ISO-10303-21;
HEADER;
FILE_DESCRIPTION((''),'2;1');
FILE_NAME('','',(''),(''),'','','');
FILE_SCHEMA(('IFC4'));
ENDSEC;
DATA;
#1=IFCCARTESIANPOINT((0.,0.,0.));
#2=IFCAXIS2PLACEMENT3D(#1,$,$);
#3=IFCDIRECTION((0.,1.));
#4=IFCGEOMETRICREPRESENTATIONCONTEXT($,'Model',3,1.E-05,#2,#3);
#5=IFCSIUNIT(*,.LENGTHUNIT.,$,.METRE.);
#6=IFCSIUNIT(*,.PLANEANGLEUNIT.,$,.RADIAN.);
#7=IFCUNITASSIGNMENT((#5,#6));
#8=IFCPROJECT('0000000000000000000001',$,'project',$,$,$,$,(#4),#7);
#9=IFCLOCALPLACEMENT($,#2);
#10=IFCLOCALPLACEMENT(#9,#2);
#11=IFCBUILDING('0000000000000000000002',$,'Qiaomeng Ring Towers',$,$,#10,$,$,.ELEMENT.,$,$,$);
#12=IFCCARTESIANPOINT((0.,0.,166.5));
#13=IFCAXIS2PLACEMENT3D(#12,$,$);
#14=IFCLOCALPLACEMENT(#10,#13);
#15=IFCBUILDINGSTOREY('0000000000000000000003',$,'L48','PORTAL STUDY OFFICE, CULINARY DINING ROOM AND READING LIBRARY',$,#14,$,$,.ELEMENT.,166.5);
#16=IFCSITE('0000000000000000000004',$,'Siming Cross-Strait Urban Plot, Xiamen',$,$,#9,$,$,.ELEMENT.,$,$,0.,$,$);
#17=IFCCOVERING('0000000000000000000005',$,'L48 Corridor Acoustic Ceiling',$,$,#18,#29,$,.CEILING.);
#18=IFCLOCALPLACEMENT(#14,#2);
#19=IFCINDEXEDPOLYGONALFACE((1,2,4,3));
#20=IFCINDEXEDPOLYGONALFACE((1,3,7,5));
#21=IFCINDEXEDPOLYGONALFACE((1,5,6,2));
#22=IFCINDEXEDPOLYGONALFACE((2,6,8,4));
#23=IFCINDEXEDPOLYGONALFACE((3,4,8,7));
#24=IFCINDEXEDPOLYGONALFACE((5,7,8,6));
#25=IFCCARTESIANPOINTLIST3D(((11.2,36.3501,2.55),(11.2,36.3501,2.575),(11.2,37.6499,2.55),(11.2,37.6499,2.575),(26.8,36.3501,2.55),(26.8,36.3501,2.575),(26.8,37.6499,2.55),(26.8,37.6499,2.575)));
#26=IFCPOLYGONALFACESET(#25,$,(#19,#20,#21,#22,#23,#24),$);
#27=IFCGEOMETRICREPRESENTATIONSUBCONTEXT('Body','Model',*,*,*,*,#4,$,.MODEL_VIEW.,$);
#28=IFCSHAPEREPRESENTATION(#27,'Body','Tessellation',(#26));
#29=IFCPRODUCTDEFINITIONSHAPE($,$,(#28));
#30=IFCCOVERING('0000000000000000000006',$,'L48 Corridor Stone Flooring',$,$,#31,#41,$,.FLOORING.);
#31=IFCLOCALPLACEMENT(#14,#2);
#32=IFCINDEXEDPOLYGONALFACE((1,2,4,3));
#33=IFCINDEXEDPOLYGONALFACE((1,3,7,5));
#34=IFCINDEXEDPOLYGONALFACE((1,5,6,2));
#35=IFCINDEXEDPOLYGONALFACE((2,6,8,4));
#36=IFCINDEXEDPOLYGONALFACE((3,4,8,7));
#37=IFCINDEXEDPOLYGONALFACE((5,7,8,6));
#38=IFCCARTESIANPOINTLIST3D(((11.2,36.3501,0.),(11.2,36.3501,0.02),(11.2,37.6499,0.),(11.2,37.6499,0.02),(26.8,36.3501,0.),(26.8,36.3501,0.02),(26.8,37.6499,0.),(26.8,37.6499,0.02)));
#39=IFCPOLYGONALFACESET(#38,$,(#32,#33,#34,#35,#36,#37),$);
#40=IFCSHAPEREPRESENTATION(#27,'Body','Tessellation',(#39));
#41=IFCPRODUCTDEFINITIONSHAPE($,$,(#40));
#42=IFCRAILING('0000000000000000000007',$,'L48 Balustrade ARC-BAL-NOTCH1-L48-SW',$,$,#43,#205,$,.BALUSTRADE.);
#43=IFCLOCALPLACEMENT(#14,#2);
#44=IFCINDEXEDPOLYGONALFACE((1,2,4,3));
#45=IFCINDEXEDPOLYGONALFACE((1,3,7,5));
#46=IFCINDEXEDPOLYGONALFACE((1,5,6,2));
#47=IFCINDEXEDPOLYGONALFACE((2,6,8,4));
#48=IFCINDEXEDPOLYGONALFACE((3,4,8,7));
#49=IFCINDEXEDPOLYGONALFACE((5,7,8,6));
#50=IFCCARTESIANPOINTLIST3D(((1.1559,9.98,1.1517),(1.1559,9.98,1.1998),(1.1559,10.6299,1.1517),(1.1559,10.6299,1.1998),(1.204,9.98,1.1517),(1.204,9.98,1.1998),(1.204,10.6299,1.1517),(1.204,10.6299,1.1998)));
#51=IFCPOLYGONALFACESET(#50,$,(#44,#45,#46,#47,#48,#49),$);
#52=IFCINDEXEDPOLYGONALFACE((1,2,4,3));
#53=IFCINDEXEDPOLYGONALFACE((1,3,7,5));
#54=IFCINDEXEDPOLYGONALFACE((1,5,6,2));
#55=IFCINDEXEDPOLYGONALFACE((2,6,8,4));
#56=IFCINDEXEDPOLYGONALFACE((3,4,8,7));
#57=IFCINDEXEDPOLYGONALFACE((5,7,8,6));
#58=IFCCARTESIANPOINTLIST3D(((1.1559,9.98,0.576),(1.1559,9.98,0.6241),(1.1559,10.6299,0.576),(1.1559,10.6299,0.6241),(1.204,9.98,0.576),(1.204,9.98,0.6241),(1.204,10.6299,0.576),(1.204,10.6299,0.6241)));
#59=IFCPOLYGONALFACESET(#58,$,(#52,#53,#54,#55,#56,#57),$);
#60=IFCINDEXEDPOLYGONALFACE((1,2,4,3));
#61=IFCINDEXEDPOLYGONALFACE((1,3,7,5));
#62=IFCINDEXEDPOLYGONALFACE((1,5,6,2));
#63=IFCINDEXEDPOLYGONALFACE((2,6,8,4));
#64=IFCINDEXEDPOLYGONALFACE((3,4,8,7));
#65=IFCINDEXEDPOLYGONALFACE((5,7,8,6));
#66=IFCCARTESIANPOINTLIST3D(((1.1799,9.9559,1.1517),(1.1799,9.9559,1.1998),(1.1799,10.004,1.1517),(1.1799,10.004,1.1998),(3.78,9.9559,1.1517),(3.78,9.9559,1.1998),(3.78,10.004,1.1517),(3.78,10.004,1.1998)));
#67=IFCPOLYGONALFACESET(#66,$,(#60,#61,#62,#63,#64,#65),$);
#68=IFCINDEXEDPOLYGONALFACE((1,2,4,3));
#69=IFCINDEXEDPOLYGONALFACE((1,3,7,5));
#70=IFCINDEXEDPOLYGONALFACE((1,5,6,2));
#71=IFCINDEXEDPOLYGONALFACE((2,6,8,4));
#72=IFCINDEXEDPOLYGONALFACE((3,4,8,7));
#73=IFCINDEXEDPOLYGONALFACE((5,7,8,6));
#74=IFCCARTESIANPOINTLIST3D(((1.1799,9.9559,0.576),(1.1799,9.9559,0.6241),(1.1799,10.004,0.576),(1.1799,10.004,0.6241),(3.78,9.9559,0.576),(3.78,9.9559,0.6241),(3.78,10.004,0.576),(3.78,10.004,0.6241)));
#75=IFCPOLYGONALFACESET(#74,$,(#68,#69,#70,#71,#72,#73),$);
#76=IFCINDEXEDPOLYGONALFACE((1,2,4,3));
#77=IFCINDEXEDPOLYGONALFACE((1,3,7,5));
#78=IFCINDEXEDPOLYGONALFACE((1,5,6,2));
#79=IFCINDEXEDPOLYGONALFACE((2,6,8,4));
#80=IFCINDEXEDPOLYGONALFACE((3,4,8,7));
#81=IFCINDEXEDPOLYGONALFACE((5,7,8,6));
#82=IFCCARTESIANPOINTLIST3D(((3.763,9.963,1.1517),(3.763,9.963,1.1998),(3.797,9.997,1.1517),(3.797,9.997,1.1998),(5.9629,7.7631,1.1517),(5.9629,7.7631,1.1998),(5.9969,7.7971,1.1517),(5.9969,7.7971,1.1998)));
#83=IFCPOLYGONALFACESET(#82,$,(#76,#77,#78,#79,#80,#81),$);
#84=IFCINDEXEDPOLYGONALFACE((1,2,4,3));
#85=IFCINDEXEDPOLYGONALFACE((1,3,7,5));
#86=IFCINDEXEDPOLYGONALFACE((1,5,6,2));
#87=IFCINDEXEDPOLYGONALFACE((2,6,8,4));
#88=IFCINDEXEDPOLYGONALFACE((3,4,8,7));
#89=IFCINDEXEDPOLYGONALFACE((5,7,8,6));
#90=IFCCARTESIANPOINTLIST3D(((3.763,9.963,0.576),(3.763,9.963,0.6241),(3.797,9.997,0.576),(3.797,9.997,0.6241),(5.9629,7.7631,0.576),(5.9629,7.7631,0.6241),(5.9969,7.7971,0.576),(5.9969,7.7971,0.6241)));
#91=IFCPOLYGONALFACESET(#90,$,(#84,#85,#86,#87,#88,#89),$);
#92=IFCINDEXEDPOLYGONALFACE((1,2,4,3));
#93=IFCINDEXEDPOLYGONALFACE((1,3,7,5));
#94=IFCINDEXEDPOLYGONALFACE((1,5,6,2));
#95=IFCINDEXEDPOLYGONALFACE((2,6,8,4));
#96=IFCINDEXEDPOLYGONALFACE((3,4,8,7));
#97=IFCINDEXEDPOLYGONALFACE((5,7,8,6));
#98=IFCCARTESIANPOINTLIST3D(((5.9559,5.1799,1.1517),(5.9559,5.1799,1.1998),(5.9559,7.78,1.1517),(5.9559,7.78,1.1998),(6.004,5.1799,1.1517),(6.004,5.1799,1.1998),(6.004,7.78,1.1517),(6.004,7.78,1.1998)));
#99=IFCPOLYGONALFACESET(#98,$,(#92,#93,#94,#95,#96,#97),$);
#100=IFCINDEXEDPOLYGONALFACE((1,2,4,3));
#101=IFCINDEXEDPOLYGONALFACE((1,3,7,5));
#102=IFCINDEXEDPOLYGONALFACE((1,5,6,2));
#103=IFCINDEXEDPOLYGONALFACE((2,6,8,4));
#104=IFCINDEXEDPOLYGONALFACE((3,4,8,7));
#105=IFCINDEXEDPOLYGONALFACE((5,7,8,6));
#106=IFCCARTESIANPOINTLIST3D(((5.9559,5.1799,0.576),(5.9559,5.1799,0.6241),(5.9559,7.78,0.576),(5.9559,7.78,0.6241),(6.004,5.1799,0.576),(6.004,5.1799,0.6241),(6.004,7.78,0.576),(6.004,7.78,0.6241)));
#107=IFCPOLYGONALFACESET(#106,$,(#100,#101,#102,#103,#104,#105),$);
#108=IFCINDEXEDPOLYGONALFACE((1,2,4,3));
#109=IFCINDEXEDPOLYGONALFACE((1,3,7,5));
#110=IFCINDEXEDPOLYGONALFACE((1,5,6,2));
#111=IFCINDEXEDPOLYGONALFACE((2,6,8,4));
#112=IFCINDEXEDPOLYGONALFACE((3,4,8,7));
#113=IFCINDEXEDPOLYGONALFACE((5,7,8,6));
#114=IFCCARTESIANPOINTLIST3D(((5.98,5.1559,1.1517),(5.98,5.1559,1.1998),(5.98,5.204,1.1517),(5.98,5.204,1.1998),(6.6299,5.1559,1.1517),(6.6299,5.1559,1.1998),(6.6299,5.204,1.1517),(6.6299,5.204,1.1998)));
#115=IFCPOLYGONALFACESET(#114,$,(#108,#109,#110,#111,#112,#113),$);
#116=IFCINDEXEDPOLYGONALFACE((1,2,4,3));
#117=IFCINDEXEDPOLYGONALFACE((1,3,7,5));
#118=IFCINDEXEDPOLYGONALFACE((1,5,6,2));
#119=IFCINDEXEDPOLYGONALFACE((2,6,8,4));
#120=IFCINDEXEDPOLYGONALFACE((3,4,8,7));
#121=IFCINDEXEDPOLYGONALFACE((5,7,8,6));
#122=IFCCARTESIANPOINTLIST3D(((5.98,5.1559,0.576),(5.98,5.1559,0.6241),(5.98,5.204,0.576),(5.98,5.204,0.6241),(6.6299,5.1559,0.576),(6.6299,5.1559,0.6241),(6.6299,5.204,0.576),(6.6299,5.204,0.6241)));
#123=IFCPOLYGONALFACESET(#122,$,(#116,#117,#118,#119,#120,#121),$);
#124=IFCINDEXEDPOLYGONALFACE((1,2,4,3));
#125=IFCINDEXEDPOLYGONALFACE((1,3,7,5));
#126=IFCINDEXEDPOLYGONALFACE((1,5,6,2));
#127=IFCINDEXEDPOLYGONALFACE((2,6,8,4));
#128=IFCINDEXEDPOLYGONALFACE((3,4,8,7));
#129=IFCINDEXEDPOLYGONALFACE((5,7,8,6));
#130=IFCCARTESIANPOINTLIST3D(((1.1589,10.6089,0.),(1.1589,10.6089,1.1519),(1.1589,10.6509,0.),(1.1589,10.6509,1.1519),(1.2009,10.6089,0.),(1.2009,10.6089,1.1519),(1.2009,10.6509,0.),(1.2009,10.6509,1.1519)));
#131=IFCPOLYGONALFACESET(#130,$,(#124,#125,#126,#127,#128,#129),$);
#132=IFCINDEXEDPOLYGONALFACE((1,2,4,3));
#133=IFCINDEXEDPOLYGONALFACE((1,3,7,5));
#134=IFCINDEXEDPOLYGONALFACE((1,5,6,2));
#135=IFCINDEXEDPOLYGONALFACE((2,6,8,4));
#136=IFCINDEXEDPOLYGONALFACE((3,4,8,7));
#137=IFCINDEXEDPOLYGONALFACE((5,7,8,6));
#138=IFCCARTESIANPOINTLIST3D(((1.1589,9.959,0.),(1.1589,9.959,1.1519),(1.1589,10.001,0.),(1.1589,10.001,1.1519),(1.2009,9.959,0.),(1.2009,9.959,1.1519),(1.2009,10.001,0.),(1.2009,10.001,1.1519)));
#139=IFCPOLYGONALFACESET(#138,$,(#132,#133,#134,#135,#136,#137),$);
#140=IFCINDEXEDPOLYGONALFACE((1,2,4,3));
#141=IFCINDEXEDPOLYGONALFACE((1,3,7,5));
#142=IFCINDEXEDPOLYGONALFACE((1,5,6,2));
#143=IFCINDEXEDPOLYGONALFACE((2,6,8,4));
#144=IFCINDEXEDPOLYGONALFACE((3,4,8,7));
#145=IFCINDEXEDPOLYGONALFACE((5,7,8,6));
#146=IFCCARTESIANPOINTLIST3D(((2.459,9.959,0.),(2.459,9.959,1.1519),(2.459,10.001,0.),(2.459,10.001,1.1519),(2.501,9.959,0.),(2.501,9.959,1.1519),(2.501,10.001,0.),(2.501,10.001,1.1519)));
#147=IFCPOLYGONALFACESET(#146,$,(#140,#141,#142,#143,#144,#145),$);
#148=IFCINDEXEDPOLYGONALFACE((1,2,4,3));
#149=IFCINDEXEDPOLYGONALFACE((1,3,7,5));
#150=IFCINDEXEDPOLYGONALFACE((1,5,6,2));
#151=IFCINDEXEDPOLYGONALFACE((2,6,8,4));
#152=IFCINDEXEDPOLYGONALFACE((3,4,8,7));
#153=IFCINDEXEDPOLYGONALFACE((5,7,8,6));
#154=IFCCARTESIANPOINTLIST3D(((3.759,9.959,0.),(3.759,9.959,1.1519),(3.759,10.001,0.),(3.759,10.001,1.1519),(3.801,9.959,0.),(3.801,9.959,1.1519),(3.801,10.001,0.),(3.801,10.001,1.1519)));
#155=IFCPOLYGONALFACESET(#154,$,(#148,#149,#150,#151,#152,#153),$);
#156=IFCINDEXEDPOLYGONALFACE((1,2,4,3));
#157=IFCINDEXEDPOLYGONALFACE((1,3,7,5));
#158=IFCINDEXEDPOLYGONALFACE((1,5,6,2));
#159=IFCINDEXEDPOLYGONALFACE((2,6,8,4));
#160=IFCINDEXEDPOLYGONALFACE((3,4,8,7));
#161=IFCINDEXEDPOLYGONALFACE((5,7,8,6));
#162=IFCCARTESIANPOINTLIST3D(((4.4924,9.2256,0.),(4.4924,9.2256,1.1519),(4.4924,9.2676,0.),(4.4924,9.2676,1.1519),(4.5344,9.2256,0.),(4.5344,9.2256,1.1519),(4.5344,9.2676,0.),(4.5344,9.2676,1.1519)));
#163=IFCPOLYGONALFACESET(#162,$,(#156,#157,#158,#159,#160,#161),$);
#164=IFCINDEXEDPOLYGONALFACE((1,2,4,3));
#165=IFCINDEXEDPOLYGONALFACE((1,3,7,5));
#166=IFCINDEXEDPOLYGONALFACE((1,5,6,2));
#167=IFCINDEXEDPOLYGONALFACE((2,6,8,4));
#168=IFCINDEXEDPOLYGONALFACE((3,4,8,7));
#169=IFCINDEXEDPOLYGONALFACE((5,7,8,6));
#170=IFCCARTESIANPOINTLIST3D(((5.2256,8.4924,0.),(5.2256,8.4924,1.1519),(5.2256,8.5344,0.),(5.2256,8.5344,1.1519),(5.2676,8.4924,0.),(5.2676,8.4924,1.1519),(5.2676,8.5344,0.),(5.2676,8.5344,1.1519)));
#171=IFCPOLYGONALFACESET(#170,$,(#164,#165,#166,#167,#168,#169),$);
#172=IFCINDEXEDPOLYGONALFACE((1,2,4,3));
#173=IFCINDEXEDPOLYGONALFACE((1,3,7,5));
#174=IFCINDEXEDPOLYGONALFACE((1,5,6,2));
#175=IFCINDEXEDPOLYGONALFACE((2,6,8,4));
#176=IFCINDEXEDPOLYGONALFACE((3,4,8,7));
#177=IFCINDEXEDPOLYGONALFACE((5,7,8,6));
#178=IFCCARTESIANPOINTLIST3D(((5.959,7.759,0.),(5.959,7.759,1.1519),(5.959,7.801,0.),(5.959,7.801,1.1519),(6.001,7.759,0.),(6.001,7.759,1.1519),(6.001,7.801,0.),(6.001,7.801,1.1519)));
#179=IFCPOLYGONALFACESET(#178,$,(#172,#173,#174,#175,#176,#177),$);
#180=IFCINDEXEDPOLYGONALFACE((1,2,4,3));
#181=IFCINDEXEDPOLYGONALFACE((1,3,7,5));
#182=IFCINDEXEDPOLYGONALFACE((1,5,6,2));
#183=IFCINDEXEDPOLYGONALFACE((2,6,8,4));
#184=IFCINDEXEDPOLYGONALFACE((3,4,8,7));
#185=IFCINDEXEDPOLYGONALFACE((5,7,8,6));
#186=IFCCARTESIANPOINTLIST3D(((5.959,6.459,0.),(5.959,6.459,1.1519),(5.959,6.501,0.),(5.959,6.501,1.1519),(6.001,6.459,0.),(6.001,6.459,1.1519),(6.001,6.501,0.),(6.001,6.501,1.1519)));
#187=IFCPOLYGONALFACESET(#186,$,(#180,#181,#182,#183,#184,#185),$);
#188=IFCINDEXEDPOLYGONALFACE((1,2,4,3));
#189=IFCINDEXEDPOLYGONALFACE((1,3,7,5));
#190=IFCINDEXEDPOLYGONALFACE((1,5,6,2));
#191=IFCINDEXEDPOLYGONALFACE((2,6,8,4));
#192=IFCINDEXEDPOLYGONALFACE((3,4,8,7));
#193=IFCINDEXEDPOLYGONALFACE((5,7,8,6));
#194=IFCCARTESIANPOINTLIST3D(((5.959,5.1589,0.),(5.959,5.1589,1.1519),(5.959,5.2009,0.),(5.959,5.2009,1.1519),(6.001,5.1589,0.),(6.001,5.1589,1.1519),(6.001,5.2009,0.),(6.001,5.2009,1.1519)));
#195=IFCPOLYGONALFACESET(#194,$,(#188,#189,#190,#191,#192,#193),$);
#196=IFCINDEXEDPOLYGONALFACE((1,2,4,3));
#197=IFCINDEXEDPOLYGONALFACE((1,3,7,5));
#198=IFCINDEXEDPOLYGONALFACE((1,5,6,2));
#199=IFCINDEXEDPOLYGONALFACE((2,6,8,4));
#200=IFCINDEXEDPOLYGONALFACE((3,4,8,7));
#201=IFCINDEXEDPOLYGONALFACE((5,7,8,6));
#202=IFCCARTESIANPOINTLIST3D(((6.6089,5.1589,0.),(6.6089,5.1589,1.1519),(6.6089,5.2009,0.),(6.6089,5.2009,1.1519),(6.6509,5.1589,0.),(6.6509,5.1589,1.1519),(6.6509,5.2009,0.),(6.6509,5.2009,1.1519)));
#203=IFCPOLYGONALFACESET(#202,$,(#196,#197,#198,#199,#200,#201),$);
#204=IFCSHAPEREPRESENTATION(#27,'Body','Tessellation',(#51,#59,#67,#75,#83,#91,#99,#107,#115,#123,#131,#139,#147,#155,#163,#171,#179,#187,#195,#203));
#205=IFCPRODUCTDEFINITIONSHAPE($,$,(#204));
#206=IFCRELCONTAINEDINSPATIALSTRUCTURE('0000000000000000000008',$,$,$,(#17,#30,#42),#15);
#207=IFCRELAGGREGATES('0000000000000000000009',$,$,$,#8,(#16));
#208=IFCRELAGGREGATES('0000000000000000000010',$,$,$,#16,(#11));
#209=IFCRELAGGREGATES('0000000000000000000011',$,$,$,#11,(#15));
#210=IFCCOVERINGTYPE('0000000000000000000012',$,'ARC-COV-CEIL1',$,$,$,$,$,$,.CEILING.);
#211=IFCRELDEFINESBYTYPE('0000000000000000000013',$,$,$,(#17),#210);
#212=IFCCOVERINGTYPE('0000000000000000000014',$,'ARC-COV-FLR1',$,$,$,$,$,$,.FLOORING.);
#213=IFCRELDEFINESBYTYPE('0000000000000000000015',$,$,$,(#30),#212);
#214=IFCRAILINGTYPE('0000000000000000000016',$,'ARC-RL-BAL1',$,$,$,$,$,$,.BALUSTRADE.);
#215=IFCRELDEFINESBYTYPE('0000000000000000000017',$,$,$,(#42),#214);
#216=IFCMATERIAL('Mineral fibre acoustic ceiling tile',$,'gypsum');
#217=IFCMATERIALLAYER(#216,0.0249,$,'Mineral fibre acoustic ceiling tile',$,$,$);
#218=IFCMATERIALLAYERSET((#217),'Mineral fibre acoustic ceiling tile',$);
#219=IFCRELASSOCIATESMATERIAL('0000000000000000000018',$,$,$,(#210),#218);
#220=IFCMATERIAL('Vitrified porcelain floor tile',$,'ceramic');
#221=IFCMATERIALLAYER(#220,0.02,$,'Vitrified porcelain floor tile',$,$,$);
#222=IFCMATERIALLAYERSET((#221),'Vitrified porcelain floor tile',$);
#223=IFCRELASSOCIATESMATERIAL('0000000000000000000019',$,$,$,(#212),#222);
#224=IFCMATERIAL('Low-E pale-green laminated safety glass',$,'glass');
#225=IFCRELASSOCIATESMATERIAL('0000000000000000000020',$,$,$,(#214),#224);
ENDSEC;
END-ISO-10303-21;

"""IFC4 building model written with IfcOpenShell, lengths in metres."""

from ifc_helpers import new_model, si_unit, direction, frame, origin, origin_2d, place, context, subcontext, project, spatial, polyline, rectangle, outline, extrude, material, layer, layer_set, type_object, element, save


model = new_model("IFC4")

# Units and contexts
model_context = context("Model", 3, precision=1e-05, world=origin(), true_north=direction((0.0, 1.0)))
body_context = subcontext(model_context, "Body", "Model", "MODEL_VIEW")
ifc_project = project(units=[si_unit("LENGTHUNIT", "METRE"), si_unit("PLANEANGLEUNIT", "RADIAN")], contexts=[model_context])

# Site, building, storey
site_placement = place(None, origin())
site = spatial("IfcSite", under=ifc_project, at=site_placement, Name="Siming Cross-Strait Urban Plot, Xiamen", CompositionType="ELEMENT", RefElevation=0.0)
building_placement = place(site_placement, origin())
building = spatial("IfcBuilding", under=site, at=building_placement, Name="Qiaomeng Ring Towers", CompositionType="ELEMENT")
storey_placement = place(building_placement, frame((0.0, 0.0, 166.5)))
storey = spatial("IfcBuildingStorey", under=building, at=storey_placement, Name="L48", Description="PORTAL STUDY OFFICE, CULINARY DINING ROOM AND READING LIBRARY", CompositionType="ELEMENT", Elevation=166.5)

# Coverings
ifc_material_1 = material(Name="Mineral fibre acoustic ceiling tile", Category="gypsum")
ifc_layer_1 = layer(ifc_material_1, 0.0249, Name="Mineral fibre acoustic ceiling tile")
ifc_layer_set_1 = layer_set([ifc_layer_1], Name="Mineral fibre acoustic ceiling tile")
covering_type_1 = type_object("IfcCoveringType", Name="ARC-COV-CEIL1", PredefinedType="CEILING", material=ifc_layer_set_1)
covering_1_placement = place(storey_placement, frame((0.0, 0.0, 2.55)))
element("IfcCovering", 1, at=covering_1_placement, inside=storey, type_object=covering_type_1, Name="L48 Corridor Acoustic Ceiling", PredefinedType="CEILING", context=body_context, shape_type="SweptSolid", body=[
    extrude(outline(polyline([(11.2, 36.3501), (11.2, 37.6499), (26.8, 37.6499), (26.8, 36.3501), (11.2, 36.3501)])), origin(), (0.0, 0.0, 1.0), 0.0249),
])
ifc_material_2 = material(Name="Vitrified porcelain floor tile", Category="ceramic")
ifc_layer_2 = layer(ifc_material_2, 0.02, Name="Vitrified porcelain floor tile")
ifc_layer_set_2 = layer_set([ifc_layer_2], Name="Vitrified porcelain floor tile")
covering_type_2 = type_object("IfcCoveringType", Name="ARC-COV-FLR1", PredefinedType="FLOORING", material=ifc_layer_set_2)
covering_2_placement = place(storey_placement, origin())
element("IfcCovering", 2, at=covering_2_placement, inside=storey, type_object=covering_type_2, Name="L48 Corridor Stone Flooring", PredefinedType="FLOORING", context=body_context, shape_type="SweptSolid", body=[
    extrude(outline(polyline([(11.2, 36.3501), (11.2, 37.6499), (26.8, 37.6499), (26.8, 36.3501), (11.2, 36.3501)])), origin(), (0.0, 0.0, 1.0), 0.02),
])

# Railing
ifc_material_3 = material(Name="Low-E pale-green laminated safety glass", Category="glass")
railing_type = type_object("IfcRailingType", Name="ARC-RL-BAL1", PredefinedType="BALUSTRADE", material=ifc_material_3)
railing_placement = place(storey_placement, frame((1.1799, 10.6299, 0.0)))
element("IfcRailing", 3, at=railing_placement, inside=storey, type_object=railing_type, Name="L48 Balustrade ARC-BAL-NOTCH1-L48-SW", PredefinedType="BALUSTRADE", context=body_context, shape_type="SweptSolid", body=[
    extrude(rectangle(XDim=0.0481, YDim=0.0481, at=origin_2d()), frame((0.0, 0.0, 1.1758), z_axis=(0.0, -1.0, 0.0), x_axis=(1.0, 0.0, 0.0)), (0.0, 0.0, 1.0), 0.6499),
    extrude(rectangle(XDim=0.0481, YDim=0.0481, at=origin_2d()), frame((0.0, 0.0, 0.6001), z_axis=(0.0, -1.0, 0.0), x_axis=(1.0, 0.0, 0.0)), (0.0, 0.0, 1.0), 0.6499),
    extrude(rectangle(XDim=0.0481, YDim=0.0481, at=origin_2d()), frame((0.0, -0.6499, 1.1758), z_axis=(1.0, 0.0, 0.0), x_axis=(0.0, 1.0, 0.0)), (0.0, 0.0, 1.0), 2.6001),
    extrude(rectangle(XDim=0.0481, YDim=0.0481, at=origin_2d()), frame((0.0, -0.6499, 0.6001), z_axis=(1.0, 0.0, 0.0), x_axis=(0.0, 1.0, 0.0)), (0.0, 0.0, 1.0), 2.6001),
    extrude(rectangle(XDim=0.0481, YDim=0.0481, at=origin_2d()), frame((2.6001, -0.6499, 1.1758), z_axis=(0.707107, -0.707107, 0.0), x_axis=(0.707107, 0.707107, 0.0)), (0.0, 0.0, 1.0), 3.1111),
    extrude(rectangle(XDim=0.0481, YDim=0.0481, at=origin_2d()), frame((2.6001, -0.6499, 0.6001), z_axis=(0.707107, -0.707107, 0.0), x_axis=(0.707107, 0.707107, 0.0)), (0.0, 0.0, 1.0), 3.1111),
    extrude(rectangle(XDim=0.0481, YDim=0.0481, at=origin_2d()), frame((4.8, -2.8499, 1.1758), z_axis=(0.0, -1.0, 0.0), x_axis=(1.0, 0.0, 0.0)), (0.0, 0.0, 1.0), 2.6001),
    extrude(rectangle(XDim=0.0481, YDim=0.0481, at=origin_2d()), frame((4.8, -2.8499, 0.6001), z_axis=(0.0, -1.0, 0.0), x_axis=(1.0, 0.0, 0.0)), (0.0, 0.0, 1.0), 2.6001),
    extrude(rectangle(XDim=0.0481, YDim=0.0481, at=origin_2d()), frame((4.8, -5.45, 1.1758), z_axis=(1.0, 0.0, 0.0), x_axis=(0.0, 1.0, 0.0)), (0.0, 0.0, 1.0), 0.6499),
    extrude(rectangle(XDim=0.0481, YDim=0.0481, at=origin_2d()), frame((4.8, -5.45, 0.6001), z_axis=(1.0, 0.0, 0.0), x_axis=(0.0, 1.0, 0.0)), (0.0, 0.0, 1.0), 0.6499),
    extrude(rectangle(XDim=0.042, YDim=0.042, at=origin_2d()), origin(), (0.0, 0.0, 1.0), 1.1519),
    extrude(rectangle(XDim=0.042, YDim=0.042, at=origin_2d()), frame((0.0, -0.6499, 0.0)), (0.0, 0.0, 1.0), 1.1519),
    extrude(rectangle(XDim=0.042, YDim=0.042, at=origin_2d()), frame((1.3, -0.6499, 0.0)), (0.0, 0.0, 1.0), 1.1519),
    extrude(rectangle(XDim=0.042, YDim=0.042, at=origin_2d()), frame((2.6001, -0.6499, 0.0)), (0.0, 0.0, 1.0), 1.1519),
    extrude(rectangle(XDim=0.042, YDim=0.042, at=origin_2d()), frame((3.3335, -1.3833, 0.0)), (0.0, 0.0, 1.0), 1.1519),
    extrude(rectangle(XDim=0.042, YDim=0.042, at=origin_2d()), frame((4.0667, -2.1165, 0.0)), (0.0, 0.0, 1.0), 1.1519),
    extrude(rectangle(XDim=0.042, YDim=0.042, at=origin_2d()), frame((4.8, -2.8499, 0.0)), (0.0, 0.0, 1.0), 1.1519),
    extrude(rectangle(XDim=0.042, YDim=0.042, at=origin_2d()), frame((4.8, -4.1499, 0.0)), (0.0, 0.0, 1.0), 1.1519),
    extrude(rectangle(XDim=0.042, YDim=0.042, at=origin_2d()), frame((4.8, -5.45, 0.0)), (0.0, 0.0, 1.0), 1.1519),
    extrude(rectangle(XDim=0.042, YDim=0.042, at=origin_2d()), frame((5.45, -5.45, 0.0)), (0.0, 0.0, 1.0), 1.1519),
])

save(model, "model.ifc")
